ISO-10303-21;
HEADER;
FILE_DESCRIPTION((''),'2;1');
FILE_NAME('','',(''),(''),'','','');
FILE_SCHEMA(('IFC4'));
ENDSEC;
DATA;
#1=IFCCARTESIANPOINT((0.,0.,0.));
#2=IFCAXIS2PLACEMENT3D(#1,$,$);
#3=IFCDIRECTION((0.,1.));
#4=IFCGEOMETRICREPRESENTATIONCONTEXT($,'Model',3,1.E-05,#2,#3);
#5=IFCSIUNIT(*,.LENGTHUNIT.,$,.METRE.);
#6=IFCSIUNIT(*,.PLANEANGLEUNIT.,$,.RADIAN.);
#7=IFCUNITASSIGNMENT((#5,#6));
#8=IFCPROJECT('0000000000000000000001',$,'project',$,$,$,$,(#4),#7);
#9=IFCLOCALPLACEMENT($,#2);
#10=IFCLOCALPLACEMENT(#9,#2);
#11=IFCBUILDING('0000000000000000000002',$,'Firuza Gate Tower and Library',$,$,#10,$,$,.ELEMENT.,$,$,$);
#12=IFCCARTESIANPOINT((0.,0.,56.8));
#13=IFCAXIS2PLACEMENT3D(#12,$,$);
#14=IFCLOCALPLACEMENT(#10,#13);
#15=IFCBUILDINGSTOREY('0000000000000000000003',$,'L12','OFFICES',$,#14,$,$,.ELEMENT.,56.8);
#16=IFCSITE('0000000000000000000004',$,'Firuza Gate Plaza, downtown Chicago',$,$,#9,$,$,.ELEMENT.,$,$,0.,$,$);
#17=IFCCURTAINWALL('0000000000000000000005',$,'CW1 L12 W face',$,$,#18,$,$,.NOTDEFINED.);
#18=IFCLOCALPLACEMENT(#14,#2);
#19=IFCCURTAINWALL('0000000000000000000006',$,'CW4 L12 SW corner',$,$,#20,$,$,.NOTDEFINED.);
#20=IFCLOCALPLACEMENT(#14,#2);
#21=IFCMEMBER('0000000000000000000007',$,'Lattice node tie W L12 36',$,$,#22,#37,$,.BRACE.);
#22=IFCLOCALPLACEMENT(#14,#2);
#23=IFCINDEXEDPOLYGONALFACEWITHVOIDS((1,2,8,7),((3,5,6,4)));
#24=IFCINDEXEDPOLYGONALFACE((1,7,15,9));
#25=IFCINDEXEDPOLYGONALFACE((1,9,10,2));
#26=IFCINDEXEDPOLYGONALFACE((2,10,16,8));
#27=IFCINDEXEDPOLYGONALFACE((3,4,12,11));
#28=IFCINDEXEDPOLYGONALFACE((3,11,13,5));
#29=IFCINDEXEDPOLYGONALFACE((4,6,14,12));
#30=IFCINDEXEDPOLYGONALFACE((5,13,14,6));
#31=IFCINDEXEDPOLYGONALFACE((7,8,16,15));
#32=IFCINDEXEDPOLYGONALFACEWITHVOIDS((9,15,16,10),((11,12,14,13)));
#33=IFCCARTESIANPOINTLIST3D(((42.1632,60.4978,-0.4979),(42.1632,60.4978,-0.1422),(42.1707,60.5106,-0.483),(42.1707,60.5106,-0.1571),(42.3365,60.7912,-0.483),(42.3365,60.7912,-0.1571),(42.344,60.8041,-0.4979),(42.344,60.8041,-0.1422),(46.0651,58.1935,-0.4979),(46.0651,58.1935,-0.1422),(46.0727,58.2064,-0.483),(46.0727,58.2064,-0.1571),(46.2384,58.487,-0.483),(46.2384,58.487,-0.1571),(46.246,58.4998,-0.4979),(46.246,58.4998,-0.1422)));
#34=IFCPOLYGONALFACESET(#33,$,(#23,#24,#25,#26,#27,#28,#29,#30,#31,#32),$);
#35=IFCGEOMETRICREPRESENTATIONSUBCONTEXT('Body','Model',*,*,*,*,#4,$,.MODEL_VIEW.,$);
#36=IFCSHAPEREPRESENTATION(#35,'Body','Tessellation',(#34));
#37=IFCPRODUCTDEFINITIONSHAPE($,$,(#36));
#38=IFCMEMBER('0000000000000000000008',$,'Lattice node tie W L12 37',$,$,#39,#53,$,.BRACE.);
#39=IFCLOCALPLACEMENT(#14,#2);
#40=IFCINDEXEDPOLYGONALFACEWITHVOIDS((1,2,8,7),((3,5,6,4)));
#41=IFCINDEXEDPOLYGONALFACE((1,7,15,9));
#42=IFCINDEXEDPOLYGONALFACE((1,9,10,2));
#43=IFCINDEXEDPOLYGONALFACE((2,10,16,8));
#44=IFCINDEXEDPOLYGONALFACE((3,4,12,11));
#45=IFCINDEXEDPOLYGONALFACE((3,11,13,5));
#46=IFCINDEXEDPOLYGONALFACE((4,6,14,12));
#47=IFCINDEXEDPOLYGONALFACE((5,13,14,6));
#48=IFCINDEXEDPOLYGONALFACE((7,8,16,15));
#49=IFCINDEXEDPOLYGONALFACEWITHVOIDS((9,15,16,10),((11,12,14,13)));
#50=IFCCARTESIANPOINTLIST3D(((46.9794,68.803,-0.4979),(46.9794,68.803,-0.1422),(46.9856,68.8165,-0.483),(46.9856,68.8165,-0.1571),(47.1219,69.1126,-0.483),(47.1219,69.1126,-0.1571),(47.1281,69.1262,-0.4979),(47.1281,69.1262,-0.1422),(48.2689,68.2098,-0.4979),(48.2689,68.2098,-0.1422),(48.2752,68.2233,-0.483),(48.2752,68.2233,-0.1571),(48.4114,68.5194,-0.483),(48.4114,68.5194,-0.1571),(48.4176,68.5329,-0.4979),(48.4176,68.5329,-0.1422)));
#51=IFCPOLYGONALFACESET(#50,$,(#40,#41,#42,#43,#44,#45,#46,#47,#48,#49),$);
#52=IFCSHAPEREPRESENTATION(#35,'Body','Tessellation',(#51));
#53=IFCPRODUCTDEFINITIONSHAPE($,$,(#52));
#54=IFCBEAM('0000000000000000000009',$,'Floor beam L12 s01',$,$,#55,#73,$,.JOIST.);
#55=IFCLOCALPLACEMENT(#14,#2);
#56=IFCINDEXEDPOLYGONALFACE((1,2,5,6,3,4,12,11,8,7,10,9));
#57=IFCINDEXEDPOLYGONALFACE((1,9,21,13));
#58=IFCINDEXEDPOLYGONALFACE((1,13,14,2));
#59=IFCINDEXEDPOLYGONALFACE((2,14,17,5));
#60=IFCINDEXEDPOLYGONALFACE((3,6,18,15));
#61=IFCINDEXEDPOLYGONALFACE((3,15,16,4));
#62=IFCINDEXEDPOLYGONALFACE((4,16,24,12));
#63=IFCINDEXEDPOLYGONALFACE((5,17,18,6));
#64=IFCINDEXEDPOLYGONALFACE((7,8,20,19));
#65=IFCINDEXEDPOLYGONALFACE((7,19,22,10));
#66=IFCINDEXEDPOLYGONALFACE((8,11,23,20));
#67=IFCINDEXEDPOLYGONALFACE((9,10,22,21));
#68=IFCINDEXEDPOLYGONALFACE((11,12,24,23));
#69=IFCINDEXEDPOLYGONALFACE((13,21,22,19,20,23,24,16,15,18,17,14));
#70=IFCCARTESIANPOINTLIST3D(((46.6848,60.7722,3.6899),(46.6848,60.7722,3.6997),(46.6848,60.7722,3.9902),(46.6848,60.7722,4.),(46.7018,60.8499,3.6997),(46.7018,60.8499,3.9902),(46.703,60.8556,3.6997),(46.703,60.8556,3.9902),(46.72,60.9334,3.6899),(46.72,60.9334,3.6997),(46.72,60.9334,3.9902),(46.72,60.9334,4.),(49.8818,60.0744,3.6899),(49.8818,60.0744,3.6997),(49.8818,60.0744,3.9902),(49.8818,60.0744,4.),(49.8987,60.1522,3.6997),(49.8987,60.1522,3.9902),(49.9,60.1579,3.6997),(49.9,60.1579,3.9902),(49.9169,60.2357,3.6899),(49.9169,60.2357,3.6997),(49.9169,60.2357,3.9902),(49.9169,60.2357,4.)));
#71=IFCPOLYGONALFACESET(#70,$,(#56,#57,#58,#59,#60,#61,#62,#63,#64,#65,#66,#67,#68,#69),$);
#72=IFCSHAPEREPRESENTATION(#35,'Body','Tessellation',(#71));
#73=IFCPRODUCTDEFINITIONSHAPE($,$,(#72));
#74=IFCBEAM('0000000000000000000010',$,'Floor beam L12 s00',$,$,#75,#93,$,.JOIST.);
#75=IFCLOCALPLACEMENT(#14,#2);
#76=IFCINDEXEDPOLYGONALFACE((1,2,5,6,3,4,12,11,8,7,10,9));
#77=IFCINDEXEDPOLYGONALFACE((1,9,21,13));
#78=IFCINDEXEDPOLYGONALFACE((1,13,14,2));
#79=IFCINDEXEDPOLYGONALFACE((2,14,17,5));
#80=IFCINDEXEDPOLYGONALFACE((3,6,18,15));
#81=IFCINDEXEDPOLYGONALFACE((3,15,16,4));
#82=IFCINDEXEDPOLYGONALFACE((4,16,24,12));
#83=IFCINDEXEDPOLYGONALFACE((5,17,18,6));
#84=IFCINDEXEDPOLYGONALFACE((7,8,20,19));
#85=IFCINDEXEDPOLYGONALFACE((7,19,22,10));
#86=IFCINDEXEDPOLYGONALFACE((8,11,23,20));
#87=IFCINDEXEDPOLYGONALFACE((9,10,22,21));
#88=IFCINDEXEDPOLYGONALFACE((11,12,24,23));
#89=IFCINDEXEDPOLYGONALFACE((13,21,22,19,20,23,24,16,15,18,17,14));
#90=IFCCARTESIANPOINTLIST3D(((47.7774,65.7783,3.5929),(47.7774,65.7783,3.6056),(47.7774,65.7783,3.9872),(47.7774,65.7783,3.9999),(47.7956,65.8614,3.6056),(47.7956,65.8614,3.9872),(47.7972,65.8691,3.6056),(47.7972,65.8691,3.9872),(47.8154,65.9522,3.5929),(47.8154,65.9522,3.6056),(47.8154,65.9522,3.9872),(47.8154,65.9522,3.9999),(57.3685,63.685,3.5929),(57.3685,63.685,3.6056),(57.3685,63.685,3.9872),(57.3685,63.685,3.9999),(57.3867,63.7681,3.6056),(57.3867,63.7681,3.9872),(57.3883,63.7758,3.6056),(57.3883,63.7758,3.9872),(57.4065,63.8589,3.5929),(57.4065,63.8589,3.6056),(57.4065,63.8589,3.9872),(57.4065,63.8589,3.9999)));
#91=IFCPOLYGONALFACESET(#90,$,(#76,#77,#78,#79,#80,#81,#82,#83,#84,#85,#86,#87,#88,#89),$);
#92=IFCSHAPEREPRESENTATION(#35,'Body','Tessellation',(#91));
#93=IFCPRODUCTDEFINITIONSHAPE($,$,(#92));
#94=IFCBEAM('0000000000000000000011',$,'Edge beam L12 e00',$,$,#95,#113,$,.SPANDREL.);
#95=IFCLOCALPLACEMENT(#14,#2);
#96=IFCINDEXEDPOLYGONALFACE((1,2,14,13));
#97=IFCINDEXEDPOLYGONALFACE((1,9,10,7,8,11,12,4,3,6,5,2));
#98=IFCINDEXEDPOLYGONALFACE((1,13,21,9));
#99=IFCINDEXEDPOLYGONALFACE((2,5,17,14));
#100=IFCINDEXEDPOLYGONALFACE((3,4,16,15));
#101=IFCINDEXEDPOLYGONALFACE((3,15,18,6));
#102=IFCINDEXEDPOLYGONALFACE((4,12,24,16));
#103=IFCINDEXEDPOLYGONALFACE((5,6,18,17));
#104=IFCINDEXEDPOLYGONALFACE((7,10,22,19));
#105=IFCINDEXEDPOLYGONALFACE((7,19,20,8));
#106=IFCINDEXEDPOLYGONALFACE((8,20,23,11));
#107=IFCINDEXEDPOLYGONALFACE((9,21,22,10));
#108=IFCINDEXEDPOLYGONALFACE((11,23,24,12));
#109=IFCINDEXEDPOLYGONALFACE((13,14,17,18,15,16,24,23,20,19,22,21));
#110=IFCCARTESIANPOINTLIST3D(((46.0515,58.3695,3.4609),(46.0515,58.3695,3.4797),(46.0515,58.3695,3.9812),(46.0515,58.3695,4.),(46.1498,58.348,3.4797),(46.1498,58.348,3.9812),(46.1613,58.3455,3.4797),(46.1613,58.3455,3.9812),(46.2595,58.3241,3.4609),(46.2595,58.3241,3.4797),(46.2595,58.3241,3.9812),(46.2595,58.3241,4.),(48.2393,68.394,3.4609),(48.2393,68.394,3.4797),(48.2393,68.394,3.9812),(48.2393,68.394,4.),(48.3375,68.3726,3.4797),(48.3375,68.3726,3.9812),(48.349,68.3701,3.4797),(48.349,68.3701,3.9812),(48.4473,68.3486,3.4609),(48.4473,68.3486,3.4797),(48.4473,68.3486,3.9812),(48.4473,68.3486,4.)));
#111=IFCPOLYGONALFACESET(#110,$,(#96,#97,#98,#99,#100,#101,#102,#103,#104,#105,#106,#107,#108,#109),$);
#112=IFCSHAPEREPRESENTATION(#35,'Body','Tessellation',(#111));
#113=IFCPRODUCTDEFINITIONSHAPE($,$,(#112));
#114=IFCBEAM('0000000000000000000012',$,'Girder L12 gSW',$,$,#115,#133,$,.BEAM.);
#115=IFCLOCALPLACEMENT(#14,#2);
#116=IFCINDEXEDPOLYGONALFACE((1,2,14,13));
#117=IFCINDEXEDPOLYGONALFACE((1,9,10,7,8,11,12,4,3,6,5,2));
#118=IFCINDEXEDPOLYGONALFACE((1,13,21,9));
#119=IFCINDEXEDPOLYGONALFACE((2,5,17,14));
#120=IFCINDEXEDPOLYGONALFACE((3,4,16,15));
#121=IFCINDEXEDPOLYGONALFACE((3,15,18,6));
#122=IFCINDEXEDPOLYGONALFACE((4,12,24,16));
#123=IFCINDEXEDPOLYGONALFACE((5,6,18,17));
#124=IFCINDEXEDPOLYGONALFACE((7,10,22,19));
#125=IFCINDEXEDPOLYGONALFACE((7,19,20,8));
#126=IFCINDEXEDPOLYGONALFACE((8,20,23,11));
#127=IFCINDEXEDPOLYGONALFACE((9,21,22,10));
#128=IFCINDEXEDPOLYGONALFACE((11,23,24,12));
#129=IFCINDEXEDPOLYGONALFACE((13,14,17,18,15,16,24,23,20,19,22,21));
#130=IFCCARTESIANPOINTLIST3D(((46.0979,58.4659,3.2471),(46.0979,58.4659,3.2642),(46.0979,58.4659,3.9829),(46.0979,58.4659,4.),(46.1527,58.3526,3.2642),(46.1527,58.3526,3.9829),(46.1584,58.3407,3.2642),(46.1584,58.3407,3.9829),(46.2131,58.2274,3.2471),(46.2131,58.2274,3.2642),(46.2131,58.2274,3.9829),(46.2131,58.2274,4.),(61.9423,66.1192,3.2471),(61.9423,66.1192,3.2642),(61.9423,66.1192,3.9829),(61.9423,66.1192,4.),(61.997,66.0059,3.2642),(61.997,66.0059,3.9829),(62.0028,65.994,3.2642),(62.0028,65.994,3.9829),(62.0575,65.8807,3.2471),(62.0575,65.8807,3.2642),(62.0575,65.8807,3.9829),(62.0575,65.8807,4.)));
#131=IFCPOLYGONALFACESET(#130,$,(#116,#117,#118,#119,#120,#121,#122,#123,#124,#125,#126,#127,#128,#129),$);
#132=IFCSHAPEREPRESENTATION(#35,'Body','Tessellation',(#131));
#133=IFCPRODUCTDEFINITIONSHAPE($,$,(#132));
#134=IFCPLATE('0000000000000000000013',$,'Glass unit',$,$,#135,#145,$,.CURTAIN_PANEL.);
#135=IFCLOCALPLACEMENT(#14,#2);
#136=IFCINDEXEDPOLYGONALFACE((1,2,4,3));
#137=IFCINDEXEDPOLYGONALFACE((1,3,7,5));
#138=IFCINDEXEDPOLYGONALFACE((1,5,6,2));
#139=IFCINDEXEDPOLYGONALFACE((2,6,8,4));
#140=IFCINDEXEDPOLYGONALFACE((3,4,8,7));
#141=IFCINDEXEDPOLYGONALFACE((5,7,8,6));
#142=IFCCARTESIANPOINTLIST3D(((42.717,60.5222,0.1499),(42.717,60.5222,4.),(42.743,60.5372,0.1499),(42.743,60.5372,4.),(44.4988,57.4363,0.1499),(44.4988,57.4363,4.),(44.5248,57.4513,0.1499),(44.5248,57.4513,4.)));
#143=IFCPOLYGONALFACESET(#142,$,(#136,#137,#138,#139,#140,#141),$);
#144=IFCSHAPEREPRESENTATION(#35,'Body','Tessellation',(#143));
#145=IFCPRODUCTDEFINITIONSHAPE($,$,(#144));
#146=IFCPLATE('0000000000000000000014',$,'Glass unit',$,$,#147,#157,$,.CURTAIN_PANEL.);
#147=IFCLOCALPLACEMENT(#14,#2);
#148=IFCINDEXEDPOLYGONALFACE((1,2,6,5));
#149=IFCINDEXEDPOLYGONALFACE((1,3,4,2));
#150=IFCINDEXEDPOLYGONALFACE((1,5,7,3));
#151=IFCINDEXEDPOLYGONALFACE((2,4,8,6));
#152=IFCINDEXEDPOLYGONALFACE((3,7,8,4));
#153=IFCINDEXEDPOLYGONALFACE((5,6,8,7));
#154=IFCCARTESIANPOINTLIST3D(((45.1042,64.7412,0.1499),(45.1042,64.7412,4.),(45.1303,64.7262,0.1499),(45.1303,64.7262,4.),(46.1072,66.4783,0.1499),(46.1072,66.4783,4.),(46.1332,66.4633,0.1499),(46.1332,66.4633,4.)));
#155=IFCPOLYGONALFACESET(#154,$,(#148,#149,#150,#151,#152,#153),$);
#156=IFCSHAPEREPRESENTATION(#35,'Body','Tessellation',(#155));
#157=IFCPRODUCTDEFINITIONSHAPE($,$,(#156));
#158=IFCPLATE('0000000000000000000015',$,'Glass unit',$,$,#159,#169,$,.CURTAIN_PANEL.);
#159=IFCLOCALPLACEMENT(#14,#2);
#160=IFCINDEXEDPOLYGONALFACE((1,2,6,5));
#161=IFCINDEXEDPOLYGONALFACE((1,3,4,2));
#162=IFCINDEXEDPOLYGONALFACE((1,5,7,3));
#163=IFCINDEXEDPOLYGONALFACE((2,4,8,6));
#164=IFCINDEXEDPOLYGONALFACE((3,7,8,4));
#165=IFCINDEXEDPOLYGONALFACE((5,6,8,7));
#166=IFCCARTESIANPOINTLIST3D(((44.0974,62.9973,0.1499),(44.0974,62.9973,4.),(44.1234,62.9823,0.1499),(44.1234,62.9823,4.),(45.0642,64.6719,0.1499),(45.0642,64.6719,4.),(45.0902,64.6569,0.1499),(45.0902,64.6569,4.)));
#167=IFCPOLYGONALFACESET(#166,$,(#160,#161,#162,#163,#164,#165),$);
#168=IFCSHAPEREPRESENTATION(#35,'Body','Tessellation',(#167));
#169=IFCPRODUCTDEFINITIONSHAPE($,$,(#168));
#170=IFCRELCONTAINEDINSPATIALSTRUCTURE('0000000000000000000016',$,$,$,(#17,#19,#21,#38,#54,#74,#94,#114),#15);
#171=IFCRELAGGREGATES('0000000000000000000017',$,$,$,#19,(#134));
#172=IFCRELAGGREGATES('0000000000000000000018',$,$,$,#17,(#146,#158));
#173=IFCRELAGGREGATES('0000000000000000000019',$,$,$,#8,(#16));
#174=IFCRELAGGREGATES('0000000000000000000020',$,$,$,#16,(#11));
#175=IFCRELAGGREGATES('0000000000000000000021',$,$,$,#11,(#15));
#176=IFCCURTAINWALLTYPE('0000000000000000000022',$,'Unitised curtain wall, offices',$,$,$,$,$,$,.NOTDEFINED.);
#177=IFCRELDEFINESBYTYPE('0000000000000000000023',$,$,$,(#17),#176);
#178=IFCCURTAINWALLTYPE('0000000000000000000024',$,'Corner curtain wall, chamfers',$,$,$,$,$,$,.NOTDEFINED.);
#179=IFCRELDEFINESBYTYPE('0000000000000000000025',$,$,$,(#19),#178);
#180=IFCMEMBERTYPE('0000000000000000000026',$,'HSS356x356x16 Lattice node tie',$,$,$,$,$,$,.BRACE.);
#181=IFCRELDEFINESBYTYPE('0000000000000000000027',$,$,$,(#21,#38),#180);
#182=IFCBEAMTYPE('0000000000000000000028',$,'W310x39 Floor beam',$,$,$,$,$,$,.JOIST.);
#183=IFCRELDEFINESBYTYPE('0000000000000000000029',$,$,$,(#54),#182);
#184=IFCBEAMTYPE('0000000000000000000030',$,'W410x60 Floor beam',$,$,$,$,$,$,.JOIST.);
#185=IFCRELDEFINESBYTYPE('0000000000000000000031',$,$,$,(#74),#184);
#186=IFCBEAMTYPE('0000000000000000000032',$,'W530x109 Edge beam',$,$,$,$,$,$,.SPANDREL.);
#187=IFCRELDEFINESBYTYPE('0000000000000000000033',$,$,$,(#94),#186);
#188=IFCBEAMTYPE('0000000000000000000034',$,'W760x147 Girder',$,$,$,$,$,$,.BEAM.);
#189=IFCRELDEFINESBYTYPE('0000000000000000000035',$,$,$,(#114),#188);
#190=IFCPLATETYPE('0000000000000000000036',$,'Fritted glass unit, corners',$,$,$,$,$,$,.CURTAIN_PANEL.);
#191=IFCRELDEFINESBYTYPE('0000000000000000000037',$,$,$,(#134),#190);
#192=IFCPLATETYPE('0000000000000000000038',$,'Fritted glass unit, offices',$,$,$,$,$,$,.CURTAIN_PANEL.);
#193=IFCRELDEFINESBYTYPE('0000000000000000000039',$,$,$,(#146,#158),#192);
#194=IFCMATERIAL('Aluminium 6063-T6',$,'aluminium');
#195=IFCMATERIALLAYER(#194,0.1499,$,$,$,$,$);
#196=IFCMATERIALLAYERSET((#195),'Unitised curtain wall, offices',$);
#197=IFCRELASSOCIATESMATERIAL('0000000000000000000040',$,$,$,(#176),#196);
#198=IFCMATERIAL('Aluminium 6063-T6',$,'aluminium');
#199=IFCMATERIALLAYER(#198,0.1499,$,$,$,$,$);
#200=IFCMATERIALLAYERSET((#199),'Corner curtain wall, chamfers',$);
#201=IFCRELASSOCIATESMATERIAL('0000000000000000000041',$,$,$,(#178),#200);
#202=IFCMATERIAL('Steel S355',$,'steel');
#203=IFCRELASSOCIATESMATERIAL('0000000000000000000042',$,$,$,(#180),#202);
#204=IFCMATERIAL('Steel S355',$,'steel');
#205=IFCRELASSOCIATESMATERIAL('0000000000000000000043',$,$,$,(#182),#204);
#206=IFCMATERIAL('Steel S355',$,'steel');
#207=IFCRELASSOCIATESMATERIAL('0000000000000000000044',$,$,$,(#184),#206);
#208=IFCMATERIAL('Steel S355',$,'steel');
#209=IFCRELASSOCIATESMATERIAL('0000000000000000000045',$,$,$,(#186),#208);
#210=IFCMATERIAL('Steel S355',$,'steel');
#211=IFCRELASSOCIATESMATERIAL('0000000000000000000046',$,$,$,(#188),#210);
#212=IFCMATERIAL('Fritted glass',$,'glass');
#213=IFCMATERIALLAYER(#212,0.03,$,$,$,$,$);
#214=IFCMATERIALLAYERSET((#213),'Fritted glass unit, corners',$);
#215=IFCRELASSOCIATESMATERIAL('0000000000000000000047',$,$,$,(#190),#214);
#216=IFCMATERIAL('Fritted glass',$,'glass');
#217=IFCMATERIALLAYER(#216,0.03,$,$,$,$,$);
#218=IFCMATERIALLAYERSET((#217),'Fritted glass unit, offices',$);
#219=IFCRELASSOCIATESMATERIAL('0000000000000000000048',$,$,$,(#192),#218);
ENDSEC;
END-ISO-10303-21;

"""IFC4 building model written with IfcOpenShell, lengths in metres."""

from ifc_helpers import new_model, si_unit, direction, frame, origin, origin_2d, place, context, subcontext, project, spatial, polyline, hollow_rectangle, i_section, outline, extrude, material, layer, layer_set, material_profile, profile_set, type_object, element, aggregate, save


model = new_model("IFC4")

# Units and contexts
model_context = context("Model", 3, precision=1e-05, world=origin(), true_north=direction((0.0, 1.0)))
body_context = subcontext(model_context, "Body", "Model", "MODEL_VIEW")
ifc_project = project(units=[si_unit("LENGTHUNIT", "METRE"), si_unit("PLANEANGLEUNIT", "RADIAN")], contexts=[model_context])

# Site, building, storey
site_placement = place(None, origin())
site = spatial("IfcSite", under=ifc_project, at=site_placement, Name="Firuza Gate Plaza, downtown Chicago", CompositionType="ELEMENT", RefElevation=0.0)
building_placement = place(site_placement, origin())
building = spatial("IfcBuilding", under=site, at=building_placement, Name="Firuza Gate Tower and Library", CompositionType="ELEMENT")
storey_placement = place(building_placement, frame((0.0, 0.0, 56.8)))
storey = spatial("IfcBuildingStorey", under=building, at=storey_placement, Name="L12", Description="OFFICES", CompositionType="ELEMENT", Elevation=56.8)

# Curtain walls
ifc_material_1 = material(Name="Aluminium 6063-T6", Category="aluminium")
ifc_layer_1 = layer(ifc_material_1, 0.1499)
ifc_layer_set_1 = layer_set([ifc_layer_1], Name="Unitised curtain wall, offices")
curtain_wall_type_1 = type_object("IfcCurtainWallType", Name="Unitised curtain wall, offices", PredefinedType="NOTDEFINED", material=ifc_layer_set_1)
placement = place(storey_placement, origin())
curtain_wall_1 = element("IfcCurtainWall", 1, at=placement, inside=storey, type_object=curtain_wall_type_1, Name="CW1 L12 W face", PredefinedType="NOTDEFINED")
ifc_material_2 = material(Name="Aluminium 6063-T6", Category="aluminium")
ifc_layer_2 = layer(ifc_material_2, 0.1499)
ifc_layer_set_2 = layer_set([ifc_layer_2], Name="Corner curtain wall, chamfers")
curtain_wall_type_2 = type_object("IfcCurtainWallType", Name="Corner curtain wall, chamfers", PredefinedType="NOTDEFINED", material=ifc_layer_set_2)
curtain_wall_2 = element("IfcCurtainWall", 2, at=placement, inside=storey, type_object=curtain_wall_type_2, Name="CW4 L12 SW corner", PredefinedType="NOTDEFINED")

# Members
ifc_material_3 = material(Name="Steel S355", Category="steel")
ifc_material_profile_1 = material_profile(ifc_material_3, hollow_rectangle(XDim=0.3557, YDim=0.3557, WallThickness=0.0149, at=origin_2d()))
ifc_profile_set_1 = profile_set([ifc_material_profile_1], Name="Steel S355")
member_type_1 = type_object("IfcMemberType", Name="HSS356x356x16 Lattice node tie", PredefinedType="BRACE", material=ifc_profile_set_1)
for number, where, z_axis, x_axis, name in (
    (3, (46.1555, 58.3467, -0.3201), (-0.861066, 0.508493, 0.0), (-0.508493, -0.861066, 0.0), "Lattice node tie W L12 36"),
):
    element("IfcMember", number, at=place(storey_placement, frame(where, z_axis=z_axis, x_axis=x_axis)), inside=storey, type_object=member_type_1, Name=name, PredefinedType="BRACE", context=body_context, shape_type="SweptSolid", body=[
        extrude(hollow_rectangle(XDim=0.3557, YDim=0.3557, WallThickness=0.0149, at=origin_2d()), origin(), (0.0, 0.0, 1.0), 4.5315),
    ])
member_1_placement = place(storey_placement, frame((48.3433, 68.3713, -0.3201), z_axis=(-0.908472, 0.417945, 0.0), x_axis=(-0.417945, -0.908472, 0.0)))
element("IfcMember", 4, at=member_1_placement, inside=storey, type_object=member_type_1, Name="Lattice node tie W L12 37", PredefinedType="BRACE", context=body_context, shape_type="SweptSolid", body=[
    extrude(hollow_rectangle(XDim=0.3557, YDim=0.3557, WallThickness=0.0149, at=origin_2d()), origin(), (0.0, 0.0, 1.0), 1.4194),
])

# Beams
ifc_material_4 = material(Name="Steel S355", Category="steel")
ifc_material_profile_2 = material_profile(ifc_material_4, i_section(OverallWidth=0.165, OverallDepth=0.3101, WebThickness=0.0059, FlangeThickness=0.0098, at=origin_2d()))
ifc_profile_set_2 = profile_set([ifc_material_profile_2], Name="Steel S355")
beam_type_1 = type_object("IfcBeamType", Name="W310x39 Floor beam", PredefinedType="JOIST", material=ifc_profile_set_2)
beam_1_placement = place(storey_placement, frame((46.7024, 60.8528, 3.845), z_axis=(0.977002, -0.213232, 0.0), x_axis=(0.213232, 0.977002, 0.0)))
element("IfcBeam", 5, at=beam_1_placement, inside=storey, type_object=beam_type_1, Name="Floor beam L12 s01", PredefinedType="JOIST", context=body_context, shape_type="SweptSolid", body=[
    extrude(i_section(OverallWidth=0.165, OverallDepth=0.3101, WebThickness=0.0059, FlangeThickness=0.0098, at=origin_2d()), origin(), (0.0, 0.0, 1.0), 3.2722),
])
ifc_material_5 = material(Name="Steel S355", Category="steel")
ifc_material_profile_3 = material_profile(ifc_material_5, i_section(OverallWidth=0.178, OverallDepth=0.407, WebThickness=0.0078, FlangeThickness=0.0127, at=origin_2d()))
ifc_profile_set_3 = profile_set([ifc_material_profile_3], Name="Steel S355")
beam_type_2 = type_object("IfcBeamType", Name="W410x60 Floor beam", PredefinedType="JOIST", material=ifc_profile_set_3)
beam_2_placement = place(storey_placement, frame((47.7964, 65.8652, 3.7964), z_axis=(0.977002, -0.213232, 0.0), x_axis=(0.213232, 0.977002, 0.0)))
element("IfcBeam", 6, at=beam_2_placement, inside=storey, type_object=beam_type_2, Name="Floor beam L12 s00", PredefinedType="JOIST", context=body_context, shape_type="SweptSolid", body=[
    extrude(i_section(OverallWidth=0.178, OverallDepth=0.407, WebThickness=0.0078, FlangeThickness=0.0127, at=origin_2d()), origin(), (0.0, 0.0, 1.0), 9.8169),
])
ifc_material_6 = material(Name="Steel S355", Category="steel")
ifc_material_profile_4 = material_profile(ifc_material_6, i_section(OverallWidth=0.2129, OverallDepth=0.5391, WebThickness=0.0117, FlangeThickness=0.0188, at=origin_2d()))
ifc_profile_set_4 = profile_set([ifc_material_profile_4], Name="Steel S355")
beam_type_3 = type_object("IfcBeamType", Name="W530x109 Edge beam", PredefinedType="SPANDREL", material=ifc_profile_set_4)
beam_3_placement = place(storey_placement, frame((48.3433, 68.3713, 3.7305), z_axis=(-0.213218, -0.977005, 0.0), x_axis=(0.977005, -0.213218, 0.0)))
element("IfcBeam", 7, at=beam_3_placement, inside=storey, type_object=beam_type_3, Name="Edge beam L12 e00", PredefinedType="SPANDREL", context=body_context, shape_type="SweptSolid", body=[
    extrude(i_section(OverallWidth=0.2129, OverallDepth=0.5391, WebThickness=0.0117, FlangeThickness=0.0188, at=origin_2d()), origin(), (0.0, 0.0, 1.0), 10.2605),
])
ifc_material_7 = material(Name="Steel S355", Category="steel")
ifc_material_profile_5 = material_profile(ifc_material_7, i_section(OverallWidth=0.2649, OverallDepth=0.7529, WebThickness=0.0132, FlangeThickness=0.0171, at=origin_2d()))
ifc_profile_set_5 = profile_set([ifc_material_profile_5], Name="Steel S355")
beam_type_4 = type_object("IfcBeamType", Name="W760x147 Girder", PredefinedType="BEAM", material=ifc_profile_set_5)
beam_4_placement = place(storey_placement, frame((46.1555, 58.3467, 3.6235), z_axis=(0.900457, 0.434945, 0.0), x_axis=(-0.434945, 0.900457, 0.0)))
element("IfcBeam", 8, at=beam_4_placement, inside=storey, type_object=beam_type_4, Name="Girder L12 gSW", PredefinedType="BEAM", context=body_context, shape_type="SweptSolid", body=[
    extrude(i_section(OverallWidth=0.2649, OverallDepth=0.7529, WebThickness=0.0132, FlangeThickness=0.0171, at=origin_2d()), origin(), (0.0, 0.0, 1.0), 17.5959),
])

# Plates
ifc_material_8 = material(Name="Fritted glass", Category="glass")
ifc_layer_3 = layer(ifc_material_8, 0.03)
ifc_layer_set_3 = layer_set([ifc_layer_3], Name="Fritted glass unit, corners")
plate_type_1 = type_object("IfcPlateType", Name="Fritted glass unit, corners", PredefinedType="CURTAIN_PANEL", material=ifc_layer_set_3)
plate_1_placement = place(storey_placement, frame((42.717, 60.5222, 0.1499), z_axis=(-0.866017, -0.500015, 0.0), x_axis=(0.500015, -0.866017, 0.0)))
plate_1 = element("IfcPlate", 9, at=plate_1_placement, type_object=plate_type_1, Name="Glass unit", PredefinedType="CURTAIN_PANEL", context=body_context, shape_type="SweptSolid", body=[
    extrude(outline(polyline([(0.0, 0.0), (3.5634, 0.0), (3.5634, 3.8501), (0.0, 3.8501), (0.0, 0.0)])), origin(), (0.0, 0.0, -1.0), 0.03),
])
aggregate(curtain_wall_2, [plate_1])
ifc_material_9 = material(Name="Fritted glass", Category="glass")
ifc_layer_4 = layer(ifc_material_9, 0.03)
ifc_layer_set_4 = layer_set([ifc_layer_4], Name="Fritted glass unit, offices")
plate_type_2 = type_object("IfcPlateType", Name="Fritted glass unit, offices", PredefinedType="CURTAIN_PANEL", material=ifc_layer_set_4)
plate_2_placement = place(storey_placement, frame((46.1072, 66.4783, 0.1499), z_axis=(-0.866017, 0.500014, 0.0), x_axis=(-0.500014, -0.866017, 0.0)))
plate_2 = element("IfcPlate", 10, at=plate_2_placement, type_object=plate_type_2, Name="Glass unit", PredefinedType="CURTAIN_PANEL", context=body_context, shape_type="SweptSolid", body=[
    extrude(outline(polyline([(0.0, 0.0), (2.0058, 0.0), (2.0058, 3.8501), (0.0, 3.8501), (0.0, 0.0)])), origin(), (0.0, 0.0, -1.0), 0.03),
])
plate_3_placement = place(storey_placement, frame((45.0642, 64.6719, 0.1499), z_axis=(-0.866028, 0.499996, 0.0), x_axis=(-0.499996, -0.866028, 0.0)))
plate_3 = element("IfcPlate", 11, at=plate_3_placement, type_object=plate_type_2, Name="Glass unit", PredefinedType="CURTAIN_PANEL", context=body_context, shape_type="SweptSolid", body=[
    extrude(outline(polyline([(0.0, 0.0), (1.9336, 0.0), (1.9336, 3.8501), (0.0, 3.8501), (0.0, 0.0)])), origin(), (0.0, 0.0, -1.0), 0.03),
])
aggregate(curtain_wall_1, [plate_2, plate_3])

save(model, "model.ifc")
